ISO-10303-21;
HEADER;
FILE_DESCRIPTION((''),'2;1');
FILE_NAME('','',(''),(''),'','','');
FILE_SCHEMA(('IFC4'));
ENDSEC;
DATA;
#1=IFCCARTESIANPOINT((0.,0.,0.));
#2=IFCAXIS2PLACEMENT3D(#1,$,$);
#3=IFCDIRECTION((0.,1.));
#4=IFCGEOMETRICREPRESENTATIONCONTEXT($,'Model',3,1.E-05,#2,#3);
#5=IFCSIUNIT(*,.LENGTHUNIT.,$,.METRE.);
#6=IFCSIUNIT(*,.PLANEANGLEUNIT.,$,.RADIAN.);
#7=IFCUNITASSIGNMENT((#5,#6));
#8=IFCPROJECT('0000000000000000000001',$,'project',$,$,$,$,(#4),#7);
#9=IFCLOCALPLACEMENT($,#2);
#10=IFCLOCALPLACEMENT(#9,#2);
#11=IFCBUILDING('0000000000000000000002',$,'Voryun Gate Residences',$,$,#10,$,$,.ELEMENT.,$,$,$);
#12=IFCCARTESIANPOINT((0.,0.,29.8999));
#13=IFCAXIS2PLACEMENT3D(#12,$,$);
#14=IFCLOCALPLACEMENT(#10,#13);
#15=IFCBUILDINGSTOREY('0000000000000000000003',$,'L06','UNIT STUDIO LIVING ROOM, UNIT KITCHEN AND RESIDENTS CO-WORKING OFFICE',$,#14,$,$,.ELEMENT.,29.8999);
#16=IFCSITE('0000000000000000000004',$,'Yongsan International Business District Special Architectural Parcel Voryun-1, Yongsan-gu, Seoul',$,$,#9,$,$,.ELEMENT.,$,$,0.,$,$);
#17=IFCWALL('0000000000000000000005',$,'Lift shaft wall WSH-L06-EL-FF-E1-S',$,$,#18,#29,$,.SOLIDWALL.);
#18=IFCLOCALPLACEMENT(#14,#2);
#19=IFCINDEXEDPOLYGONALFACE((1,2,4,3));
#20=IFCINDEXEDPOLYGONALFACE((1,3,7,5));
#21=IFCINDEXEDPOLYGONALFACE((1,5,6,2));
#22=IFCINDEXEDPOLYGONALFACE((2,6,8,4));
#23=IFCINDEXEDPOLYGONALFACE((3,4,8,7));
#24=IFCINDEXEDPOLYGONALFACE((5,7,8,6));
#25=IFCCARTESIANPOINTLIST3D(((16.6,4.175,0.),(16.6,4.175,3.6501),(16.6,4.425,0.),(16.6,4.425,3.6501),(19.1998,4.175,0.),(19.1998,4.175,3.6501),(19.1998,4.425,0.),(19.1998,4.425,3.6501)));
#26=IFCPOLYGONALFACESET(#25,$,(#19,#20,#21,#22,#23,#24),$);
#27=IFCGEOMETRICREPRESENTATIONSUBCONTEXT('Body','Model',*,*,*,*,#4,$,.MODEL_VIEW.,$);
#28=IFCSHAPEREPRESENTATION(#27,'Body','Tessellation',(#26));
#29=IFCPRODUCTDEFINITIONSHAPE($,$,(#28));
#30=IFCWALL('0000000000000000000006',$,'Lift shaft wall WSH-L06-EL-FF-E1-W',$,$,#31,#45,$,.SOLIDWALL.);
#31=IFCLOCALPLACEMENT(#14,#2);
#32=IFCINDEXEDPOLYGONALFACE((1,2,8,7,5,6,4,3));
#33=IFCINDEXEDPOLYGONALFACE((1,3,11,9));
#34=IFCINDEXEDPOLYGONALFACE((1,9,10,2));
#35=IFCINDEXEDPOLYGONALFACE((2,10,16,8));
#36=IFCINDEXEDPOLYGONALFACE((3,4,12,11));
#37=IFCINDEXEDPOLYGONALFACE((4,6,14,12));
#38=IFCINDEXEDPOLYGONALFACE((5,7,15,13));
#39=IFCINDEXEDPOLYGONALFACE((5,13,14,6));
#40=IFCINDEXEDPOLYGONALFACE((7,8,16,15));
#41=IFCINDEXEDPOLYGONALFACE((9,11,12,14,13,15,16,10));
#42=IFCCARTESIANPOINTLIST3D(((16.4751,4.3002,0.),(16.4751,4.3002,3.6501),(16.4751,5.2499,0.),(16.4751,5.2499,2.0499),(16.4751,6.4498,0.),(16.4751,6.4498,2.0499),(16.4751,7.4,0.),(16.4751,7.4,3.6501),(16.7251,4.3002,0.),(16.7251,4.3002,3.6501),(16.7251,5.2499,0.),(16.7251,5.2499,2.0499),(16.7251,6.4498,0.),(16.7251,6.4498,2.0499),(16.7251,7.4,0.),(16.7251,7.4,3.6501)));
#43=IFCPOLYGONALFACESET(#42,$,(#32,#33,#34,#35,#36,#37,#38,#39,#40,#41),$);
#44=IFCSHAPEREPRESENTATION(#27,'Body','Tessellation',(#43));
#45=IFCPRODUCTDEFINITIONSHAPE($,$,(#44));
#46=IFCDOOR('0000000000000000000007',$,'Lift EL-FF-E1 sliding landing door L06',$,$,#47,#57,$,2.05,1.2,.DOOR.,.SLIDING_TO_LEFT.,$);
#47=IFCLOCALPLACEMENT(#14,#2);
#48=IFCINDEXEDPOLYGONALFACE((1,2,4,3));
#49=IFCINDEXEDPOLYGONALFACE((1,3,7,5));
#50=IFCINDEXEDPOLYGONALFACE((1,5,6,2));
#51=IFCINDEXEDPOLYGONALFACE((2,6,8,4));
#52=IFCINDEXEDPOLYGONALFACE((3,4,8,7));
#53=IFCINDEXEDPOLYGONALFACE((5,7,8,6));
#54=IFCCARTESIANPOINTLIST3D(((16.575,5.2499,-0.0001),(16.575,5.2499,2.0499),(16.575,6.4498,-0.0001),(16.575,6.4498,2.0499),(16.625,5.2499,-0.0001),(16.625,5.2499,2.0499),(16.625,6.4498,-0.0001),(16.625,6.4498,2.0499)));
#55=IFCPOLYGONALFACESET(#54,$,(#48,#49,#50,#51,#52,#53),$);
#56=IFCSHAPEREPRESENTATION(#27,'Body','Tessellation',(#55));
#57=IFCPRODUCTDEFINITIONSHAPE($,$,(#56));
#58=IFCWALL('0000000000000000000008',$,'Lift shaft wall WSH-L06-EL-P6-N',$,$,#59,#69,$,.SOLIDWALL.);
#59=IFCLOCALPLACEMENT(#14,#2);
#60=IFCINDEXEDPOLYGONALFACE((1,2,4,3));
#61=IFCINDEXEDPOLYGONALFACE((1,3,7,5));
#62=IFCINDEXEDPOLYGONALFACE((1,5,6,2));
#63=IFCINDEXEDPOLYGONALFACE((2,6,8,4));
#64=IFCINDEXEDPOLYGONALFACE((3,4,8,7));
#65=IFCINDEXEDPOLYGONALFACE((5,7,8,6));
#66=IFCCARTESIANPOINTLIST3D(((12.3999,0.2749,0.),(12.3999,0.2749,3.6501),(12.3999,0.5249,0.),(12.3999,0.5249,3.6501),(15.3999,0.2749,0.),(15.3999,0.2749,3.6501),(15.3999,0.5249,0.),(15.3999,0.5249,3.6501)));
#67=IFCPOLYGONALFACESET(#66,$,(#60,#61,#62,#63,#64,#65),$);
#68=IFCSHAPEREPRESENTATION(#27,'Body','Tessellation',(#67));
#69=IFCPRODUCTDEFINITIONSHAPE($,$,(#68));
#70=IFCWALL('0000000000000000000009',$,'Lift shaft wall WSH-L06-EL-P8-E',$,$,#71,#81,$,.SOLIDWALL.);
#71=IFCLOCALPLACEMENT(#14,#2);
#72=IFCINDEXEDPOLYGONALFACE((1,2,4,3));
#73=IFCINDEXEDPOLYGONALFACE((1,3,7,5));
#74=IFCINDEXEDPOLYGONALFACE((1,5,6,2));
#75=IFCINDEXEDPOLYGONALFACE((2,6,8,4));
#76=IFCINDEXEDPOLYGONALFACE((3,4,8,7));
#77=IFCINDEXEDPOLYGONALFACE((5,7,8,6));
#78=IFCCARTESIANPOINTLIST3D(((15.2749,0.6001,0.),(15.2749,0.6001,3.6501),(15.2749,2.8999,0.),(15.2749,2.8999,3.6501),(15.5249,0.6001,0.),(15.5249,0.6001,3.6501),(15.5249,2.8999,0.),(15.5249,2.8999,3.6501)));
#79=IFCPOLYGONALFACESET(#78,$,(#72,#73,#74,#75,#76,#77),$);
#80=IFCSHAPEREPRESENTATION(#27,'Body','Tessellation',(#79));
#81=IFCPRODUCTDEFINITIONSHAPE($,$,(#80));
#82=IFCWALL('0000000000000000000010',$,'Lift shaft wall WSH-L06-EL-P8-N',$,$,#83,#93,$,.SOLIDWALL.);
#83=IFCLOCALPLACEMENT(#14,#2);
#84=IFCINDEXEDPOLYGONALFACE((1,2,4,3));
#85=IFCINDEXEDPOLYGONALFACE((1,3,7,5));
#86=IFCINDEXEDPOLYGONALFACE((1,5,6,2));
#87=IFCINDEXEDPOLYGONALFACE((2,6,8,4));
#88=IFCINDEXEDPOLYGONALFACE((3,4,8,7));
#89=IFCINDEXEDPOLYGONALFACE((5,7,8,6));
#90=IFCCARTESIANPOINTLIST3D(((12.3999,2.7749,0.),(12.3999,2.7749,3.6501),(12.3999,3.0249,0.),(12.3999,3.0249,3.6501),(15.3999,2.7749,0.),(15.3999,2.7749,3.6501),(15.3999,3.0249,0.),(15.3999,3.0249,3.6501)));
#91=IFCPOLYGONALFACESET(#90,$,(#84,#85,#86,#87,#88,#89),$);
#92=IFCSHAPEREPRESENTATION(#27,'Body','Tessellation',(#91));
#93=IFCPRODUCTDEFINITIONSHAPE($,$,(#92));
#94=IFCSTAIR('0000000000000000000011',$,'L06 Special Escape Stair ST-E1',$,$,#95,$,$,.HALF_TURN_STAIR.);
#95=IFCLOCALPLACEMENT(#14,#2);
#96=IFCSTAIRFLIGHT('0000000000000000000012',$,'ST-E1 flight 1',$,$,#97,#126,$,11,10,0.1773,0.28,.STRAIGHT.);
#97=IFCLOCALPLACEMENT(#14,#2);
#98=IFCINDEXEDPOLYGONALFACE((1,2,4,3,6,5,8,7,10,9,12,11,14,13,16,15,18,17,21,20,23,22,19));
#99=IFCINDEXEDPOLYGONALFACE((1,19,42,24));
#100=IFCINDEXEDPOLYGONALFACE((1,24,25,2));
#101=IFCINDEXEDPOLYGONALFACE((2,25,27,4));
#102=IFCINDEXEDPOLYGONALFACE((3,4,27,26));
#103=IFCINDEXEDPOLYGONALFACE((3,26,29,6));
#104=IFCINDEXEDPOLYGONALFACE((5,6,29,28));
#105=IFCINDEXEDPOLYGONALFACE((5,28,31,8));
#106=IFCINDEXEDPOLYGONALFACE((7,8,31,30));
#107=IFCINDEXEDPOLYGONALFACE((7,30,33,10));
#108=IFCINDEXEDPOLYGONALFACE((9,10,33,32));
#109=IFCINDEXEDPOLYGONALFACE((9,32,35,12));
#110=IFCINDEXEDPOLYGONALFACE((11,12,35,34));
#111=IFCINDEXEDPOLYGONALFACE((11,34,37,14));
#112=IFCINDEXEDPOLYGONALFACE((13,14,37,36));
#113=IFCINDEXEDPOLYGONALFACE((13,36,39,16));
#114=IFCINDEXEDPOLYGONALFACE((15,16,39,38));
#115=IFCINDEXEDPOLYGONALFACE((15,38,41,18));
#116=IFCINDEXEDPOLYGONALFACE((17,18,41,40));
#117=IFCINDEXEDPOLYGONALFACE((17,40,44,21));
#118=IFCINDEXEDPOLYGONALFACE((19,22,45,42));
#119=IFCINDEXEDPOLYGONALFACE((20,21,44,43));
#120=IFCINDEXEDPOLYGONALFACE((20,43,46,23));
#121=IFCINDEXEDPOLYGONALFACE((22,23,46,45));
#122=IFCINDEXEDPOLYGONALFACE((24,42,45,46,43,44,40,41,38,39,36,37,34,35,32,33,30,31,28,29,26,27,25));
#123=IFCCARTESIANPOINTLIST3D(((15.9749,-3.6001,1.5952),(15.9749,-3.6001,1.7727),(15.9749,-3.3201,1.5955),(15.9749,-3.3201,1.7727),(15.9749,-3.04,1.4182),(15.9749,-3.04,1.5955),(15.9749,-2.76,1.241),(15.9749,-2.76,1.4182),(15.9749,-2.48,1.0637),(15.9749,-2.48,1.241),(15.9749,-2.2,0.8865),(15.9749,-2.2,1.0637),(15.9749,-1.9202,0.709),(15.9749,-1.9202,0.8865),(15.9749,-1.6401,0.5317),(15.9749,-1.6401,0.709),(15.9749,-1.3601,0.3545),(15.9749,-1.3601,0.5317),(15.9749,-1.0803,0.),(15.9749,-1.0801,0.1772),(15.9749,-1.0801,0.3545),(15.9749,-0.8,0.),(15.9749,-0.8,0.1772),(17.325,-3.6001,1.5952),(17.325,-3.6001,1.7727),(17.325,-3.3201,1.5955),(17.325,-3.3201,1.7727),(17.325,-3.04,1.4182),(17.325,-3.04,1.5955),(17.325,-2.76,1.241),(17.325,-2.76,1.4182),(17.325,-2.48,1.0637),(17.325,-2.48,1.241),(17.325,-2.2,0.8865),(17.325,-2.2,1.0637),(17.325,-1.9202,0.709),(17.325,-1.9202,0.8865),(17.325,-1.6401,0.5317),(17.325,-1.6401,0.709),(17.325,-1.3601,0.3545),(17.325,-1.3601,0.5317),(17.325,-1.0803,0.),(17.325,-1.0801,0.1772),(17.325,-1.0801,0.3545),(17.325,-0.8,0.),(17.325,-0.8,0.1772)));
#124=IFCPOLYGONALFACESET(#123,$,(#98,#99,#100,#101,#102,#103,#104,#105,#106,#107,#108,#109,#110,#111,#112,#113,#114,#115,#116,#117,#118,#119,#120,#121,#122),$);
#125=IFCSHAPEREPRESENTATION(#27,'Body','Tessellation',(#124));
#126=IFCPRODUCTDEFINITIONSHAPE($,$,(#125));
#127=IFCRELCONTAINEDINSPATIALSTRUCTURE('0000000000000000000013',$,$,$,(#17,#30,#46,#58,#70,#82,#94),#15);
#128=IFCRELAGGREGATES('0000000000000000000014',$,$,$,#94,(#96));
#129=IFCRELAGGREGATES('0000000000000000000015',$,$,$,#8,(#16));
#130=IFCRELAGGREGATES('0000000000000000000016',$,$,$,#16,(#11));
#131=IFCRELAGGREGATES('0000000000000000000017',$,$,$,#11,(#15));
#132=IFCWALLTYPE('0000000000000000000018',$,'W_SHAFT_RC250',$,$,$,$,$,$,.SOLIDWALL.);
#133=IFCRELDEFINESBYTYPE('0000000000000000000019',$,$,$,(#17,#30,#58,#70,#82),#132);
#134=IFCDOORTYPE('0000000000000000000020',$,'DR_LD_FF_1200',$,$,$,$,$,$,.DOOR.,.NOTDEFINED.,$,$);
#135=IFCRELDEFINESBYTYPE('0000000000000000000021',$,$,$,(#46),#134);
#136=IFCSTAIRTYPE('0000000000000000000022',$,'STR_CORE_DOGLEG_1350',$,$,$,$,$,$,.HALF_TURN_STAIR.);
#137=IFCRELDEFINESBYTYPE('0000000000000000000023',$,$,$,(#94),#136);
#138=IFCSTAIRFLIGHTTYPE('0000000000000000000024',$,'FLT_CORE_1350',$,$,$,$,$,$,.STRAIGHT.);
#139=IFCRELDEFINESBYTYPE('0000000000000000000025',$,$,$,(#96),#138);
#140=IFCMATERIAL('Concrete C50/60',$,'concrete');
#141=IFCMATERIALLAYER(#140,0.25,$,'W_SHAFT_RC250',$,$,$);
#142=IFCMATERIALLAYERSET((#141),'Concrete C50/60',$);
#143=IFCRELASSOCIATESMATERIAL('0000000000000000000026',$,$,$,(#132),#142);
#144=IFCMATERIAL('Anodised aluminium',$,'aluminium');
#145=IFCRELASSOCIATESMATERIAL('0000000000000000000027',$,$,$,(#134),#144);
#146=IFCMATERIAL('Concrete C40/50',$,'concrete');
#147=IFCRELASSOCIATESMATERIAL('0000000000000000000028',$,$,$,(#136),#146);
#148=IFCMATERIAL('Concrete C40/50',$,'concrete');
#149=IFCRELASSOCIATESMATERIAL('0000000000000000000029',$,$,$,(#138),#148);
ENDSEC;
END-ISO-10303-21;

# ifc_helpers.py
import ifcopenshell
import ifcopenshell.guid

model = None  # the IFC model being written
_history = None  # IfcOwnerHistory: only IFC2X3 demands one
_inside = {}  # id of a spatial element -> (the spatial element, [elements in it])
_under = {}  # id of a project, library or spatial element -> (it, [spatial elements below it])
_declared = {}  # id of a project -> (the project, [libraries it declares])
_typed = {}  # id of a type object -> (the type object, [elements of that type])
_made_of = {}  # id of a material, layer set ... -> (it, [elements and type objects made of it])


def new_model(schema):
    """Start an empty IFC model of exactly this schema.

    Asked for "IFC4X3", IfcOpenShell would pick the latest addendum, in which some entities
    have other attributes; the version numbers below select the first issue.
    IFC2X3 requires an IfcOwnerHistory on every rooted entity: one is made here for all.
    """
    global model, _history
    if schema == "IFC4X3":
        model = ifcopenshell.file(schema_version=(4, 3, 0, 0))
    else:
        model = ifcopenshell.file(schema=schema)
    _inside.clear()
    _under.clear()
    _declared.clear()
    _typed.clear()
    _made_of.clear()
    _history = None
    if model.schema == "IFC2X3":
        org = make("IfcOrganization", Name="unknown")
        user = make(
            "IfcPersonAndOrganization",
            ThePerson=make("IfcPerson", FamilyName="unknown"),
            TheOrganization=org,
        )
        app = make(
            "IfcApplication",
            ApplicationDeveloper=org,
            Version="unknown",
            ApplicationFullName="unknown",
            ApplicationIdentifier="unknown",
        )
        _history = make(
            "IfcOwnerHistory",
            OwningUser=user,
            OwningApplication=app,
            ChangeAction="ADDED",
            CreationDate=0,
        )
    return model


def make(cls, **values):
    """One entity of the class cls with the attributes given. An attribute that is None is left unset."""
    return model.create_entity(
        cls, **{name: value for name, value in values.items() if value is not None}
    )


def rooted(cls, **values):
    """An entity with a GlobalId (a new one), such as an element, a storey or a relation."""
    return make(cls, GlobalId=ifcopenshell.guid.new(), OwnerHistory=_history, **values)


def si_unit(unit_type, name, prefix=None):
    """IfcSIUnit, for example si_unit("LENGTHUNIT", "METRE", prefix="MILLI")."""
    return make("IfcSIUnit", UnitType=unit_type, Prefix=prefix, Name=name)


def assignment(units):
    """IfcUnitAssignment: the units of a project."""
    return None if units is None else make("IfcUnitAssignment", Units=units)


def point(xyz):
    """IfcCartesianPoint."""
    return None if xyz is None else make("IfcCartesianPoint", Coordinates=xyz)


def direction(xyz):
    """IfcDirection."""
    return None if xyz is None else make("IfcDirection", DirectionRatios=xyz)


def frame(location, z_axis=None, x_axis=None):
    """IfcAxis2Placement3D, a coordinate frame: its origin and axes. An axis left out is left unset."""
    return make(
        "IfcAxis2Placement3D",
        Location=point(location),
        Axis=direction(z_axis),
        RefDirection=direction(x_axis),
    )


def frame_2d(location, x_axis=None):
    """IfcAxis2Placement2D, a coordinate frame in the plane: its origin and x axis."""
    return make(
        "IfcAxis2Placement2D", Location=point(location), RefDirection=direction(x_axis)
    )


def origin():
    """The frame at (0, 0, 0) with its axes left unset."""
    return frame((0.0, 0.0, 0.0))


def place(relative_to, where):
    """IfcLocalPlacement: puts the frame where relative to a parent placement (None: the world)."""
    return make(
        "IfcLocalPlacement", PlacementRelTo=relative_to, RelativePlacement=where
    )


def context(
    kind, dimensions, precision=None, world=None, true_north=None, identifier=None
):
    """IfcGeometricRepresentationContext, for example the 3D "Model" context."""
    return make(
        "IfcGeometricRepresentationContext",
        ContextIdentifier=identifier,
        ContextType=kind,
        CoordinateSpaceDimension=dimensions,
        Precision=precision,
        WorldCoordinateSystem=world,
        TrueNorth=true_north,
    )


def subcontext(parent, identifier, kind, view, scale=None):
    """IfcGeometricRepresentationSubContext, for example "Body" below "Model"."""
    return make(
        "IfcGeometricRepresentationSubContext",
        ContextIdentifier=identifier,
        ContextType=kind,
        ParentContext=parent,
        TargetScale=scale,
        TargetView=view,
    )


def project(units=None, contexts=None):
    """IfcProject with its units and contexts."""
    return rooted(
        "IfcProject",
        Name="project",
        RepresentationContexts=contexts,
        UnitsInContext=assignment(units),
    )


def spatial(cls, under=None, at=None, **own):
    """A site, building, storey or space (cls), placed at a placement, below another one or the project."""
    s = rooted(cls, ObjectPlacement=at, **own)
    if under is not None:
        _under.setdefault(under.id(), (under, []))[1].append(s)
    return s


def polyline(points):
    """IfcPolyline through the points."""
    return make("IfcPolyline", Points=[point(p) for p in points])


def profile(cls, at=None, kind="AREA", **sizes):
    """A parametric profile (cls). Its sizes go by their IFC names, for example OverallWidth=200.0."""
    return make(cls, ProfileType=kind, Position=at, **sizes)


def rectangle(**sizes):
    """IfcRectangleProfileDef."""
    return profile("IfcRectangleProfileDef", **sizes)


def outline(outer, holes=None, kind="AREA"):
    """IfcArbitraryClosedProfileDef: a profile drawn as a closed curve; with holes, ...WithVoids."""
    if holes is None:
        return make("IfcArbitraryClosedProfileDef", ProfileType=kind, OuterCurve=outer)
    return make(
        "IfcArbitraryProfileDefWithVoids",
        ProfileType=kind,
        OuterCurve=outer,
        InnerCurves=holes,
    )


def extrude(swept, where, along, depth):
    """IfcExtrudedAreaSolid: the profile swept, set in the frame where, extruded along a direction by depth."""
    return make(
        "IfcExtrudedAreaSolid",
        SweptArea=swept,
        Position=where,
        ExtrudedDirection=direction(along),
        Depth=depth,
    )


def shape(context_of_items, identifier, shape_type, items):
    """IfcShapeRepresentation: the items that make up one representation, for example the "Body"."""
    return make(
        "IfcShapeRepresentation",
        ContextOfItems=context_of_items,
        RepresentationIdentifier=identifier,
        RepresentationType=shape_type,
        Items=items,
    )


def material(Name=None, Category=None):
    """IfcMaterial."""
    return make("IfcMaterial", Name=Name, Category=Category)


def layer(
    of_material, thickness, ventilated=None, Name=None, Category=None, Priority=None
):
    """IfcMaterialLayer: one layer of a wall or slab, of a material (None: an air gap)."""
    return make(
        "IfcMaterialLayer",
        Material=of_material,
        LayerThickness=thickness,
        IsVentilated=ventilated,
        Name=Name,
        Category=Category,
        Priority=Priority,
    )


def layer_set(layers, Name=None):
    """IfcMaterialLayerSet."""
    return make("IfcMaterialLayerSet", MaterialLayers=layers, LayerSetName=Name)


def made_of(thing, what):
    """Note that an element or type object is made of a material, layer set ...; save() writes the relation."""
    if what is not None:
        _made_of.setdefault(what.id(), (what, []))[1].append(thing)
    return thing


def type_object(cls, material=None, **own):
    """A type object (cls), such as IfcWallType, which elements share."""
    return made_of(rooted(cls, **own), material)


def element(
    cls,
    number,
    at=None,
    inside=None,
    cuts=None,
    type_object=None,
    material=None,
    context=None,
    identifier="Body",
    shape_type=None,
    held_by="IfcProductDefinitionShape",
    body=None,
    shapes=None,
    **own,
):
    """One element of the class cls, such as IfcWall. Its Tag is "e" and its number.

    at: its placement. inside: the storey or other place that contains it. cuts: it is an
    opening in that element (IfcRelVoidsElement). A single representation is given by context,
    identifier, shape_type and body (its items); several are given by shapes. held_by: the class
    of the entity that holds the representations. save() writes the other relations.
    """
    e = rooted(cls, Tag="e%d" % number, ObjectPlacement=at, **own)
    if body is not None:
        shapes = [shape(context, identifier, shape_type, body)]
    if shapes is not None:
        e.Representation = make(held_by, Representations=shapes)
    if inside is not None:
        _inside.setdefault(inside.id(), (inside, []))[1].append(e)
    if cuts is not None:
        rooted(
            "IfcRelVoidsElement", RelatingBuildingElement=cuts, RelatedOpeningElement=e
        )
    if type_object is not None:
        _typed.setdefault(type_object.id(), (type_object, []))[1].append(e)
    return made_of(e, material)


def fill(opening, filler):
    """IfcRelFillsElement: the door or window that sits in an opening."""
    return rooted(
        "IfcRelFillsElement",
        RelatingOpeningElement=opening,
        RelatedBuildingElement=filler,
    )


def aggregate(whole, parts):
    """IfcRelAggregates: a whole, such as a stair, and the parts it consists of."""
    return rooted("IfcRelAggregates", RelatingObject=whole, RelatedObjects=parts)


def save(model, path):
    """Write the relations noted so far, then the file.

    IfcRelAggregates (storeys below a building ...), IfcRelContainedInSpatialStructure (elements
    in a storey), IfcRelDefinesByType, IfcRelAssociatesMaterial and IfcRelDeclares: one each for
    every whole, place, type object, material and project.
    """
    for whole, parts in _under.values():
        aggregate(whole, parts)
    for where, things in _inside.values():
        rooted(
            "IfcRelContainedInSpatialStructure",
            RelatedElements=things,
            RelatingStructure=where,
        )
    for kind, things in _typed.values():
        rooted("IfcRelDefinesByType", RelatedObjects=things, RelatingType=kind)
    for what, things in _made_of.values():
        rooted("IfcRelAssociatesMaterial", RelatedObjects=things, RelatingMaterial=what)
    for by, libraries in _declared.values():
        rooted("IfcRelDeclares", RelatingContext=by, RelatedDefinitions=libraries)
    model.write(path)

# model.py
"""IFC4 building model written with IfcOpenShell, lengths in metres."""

from ifc_helpers import new_model, si_unit, direction, frame, frame_2d, origin, place, context, subcontext, project, spatial, polyline, rectangle, outline, extrude, material, layer, layer_set, type_object, element, fill, aggregate, save


model = new_model("IFC4")

# Units and contexts
model_context = context("Model", 3, precision=1e-05, world=origin(), true_north=direction((0.0, 1.0)))
body_context = subcontext(model_context, "Body", "Model", "MODEL_VIEW")
ifc_project = project(units=[si_unit("LENGTHUNIT", "METRE"), si_unit("PLANEANGLEUNIT", "RADIAN")], contexts=[model_context])

# Site, building, storey
site_placement = place(None, origin())
site = spatial("IfcSite", under=ifc_project, at=site_placement, Name="Yongsan International Business District Special Architectural Parcel Voryun-1, Yongsan-gu, Seoul", CompositionType="ELEMENT", RefElevation=0.0)
building_placement = place(site_placement, origin())
building = spatial("IfcBuilding", under=site, at=building_placement, Name="Voryun Gate Residences", CompositionType="ELEMENT")
storey_placement = place(building_placement, frame((0.0, 0.0, 29.8999)))
storey = spatial("IfcBuildingStorey", under=building, at=storey_placement, Name="L06", Description="UNIT STUDIO LIVING ROOM, UNIT KITCHEN AND RESIDENTS CO-WORKING OFFICE", CompositionType="ELEMENT", Elevation=29.8999)

# Wall
ifc_material_1 = material(Name="Concrete C50/60", Category="concrete")
ifc_layer_1 = layer(ifc_material_1, 0.25, Name="W_SHAFT_RC250")
ifc_layer_set_1 = layer_set([ifc_layer_1], Name="Concrete C50/60")
wall_type_1 = type_object("IfcWallType", Name="W_SHAFT_RC250", PredefinedType="SOLIDWALL", material=ifc_layer_set_1)
wall_1_placement = place(storey_placement, frame((16.6001, 4.3, 0.0), z_axis=(0.0, 0.0, 1.0), x_axis=(1.0, 0.0, 0.0)))
element("IfcWall", 1, at=wall_1_placement, inside=storey, type_object=wall_type_1, Name="Lift shaft wall WSH-L06-EL-FF-E1-S", PredefinedType="SOLIDWALL", context=body_context, shape_type="SweptSolid", body=[
    extrude(rectangle(XDim=2.5999, YDim=0.25, at=frame_2d((1.2998, 0.0))), origin(), (0.0, 0.0, 1.0), 3.6501),
])

# Wall, opening, door
wall_2_placement = place(storey_placement, frame((16.6001, 7.3999, 0.0), z_axis=(0.0, 0.0, 1.0), x_axis=(0.0, -1.0, 0.0)))
wall_2 = element("IfcWall", 2, at=wall_2_placement, inside=storey, type_object=wall_type_1, Name="Lift shaft wall WSH-L06-EL-FF-E1-W", PredefinedType="SOLIDWALL", context=body_context, shape_type="SweptSolid", body=[
    extrude(rectangle(XDim=3.0999, YDim=0.25, at=frame_2d((1.5498, 0.0))), origin(), (0.0, 0.0, 1.0), 3.6501),
])
opening_1_placement = place(wall_2_placement, frame((0.95, 0.0, 0.0)))
opening_1 = element("IfcOpeningElement", 3, at=opening_1_placement, cuts=wall_2, PredefinedType="OPENING", context=body_context, shape_type="SweptSolid", body=[
    extrude(rectangle(XDim=1.2, YDim=2.05, at=frame_2d((0.6001, 1.0249))), frame((0.0, 0.135, 0.0), z_axis=(0.0, -1.0, 0.0), x_axis=(1.0, 0.0, 0.0)), (0.0, 0.0, 1.0), 0.27),
])
ifc_material_2 = material(Name="Anodised aluminium", Category="aluminium")
door_type_1 = type_object("IfcDoorType", Name="DR_LD_FF_1200", OperationType="NOTDEFINED", PredefinedType="DOOR", material=ifc_material_2)
door_1_placement = place(opening_1_placement, origin())
door_1 = element("IfcDoor", 4, at=door_1_placement, inside=storey, type_object=door_type_1, Name="Lift EL-FF-E1 sliding landing door L06", OperationType="SLIDING_TO_LEFT", OverallHeight=2.05, OverallWidth=1.2, PredefinedType="DOOR", context=body_context, shape_type="SweptSolid", body=[
    extrude(rectangle(XDim=1.2, YDim=2.05, at=frame_2d((0.6001, 1.0249))), frame((0.0, 0.0249, 0.0), z_axis=(0.0, -1.0, 0.0), x_axis=(1.0, 0.0, 0.0)), (0.0, 0.0, 1.0), 0.05),
])
fill(opening_1, door_1)

# Walls
wall_3_placement = place(storey_placement, frame((15.3999, 0.3999, 0.0), z_axis=(0.0, 0.0, 1.0), x_axis=(-1.0, 0.0, 0.0)))
element("IfcWall", 5, at=wall_3_placement, inside=storey, type_object=wall_type_1, Name="Lift shaft wall WSH-L06-EL-P6-N", PredefinedType="SOLIDWALL", context=body_context, shape_type="SweptSolid", body=[
    extrude(rectangle(XDim=3.0, YDim=0.25, at=frame_2d((1.5, 0.0))), origin(), (0.0, 0.0, 1.0), 3.6501),
])
wall_4_placement = place(storey_placement, frame((15.3999, 0.6001, 0.0), z_axis=(0.0, 0.0, 1.0), x_axis=(0.0, 1.0, 0.0)))
element("IfcWall", 6, at=wall_4_placement, inside=storey, type_object=wall_type_1, Name="Lift shaft wall WSH-L06-EL-P8-E", PredefinedType="SOLIDWALL", context=body_context, shape_type="SweptSolid", body=[
    extrude(rectangle(XDim=2.2998, YDim=0.25, at=frame_2d((1.1499, 0.0))), origin(), (0.0, 0.0, 1.0), 3.6501),
])
wall_5_placement = place(storey_placement, frame((15.3999, 2.8999, 0.0), z_axis=(0.0, 0.0, 1.0), x_axis=(-1.0, 0.0, 0.0)))
element("IfcWall", 7, at=wall_5_placement, inside=storey, type_object=wall_type_1, Name="Lift shaft wall WSH-L06-EL-P8-N", PredefinedType="SOLIDWALL", context=body_context, shape_type="SweptSolid", body=[
    extrude(rectangle(XDim=3.0, YDim=0.25, at=frame_2d((1.5, 0.0))), origin(), (0.0, 0.0, 1.0), 3.6501),
])

# Stair, stair flight
ifc_material_3 = material(Name="Concrete C40/50", Category="concrete")
stair_type = type_object("IfcStairType", Name="STR_CORE_DOGLEG_1350", PredefinedType="HALF_TURN_STAIR", material=ifc_material_3)
stair_placement = place(storey_placement, origin())
stair = element("IfcStair", 8, at=stair_placement, inside=storey, type_object=stair_type, Name="L06 Special Escape Stair ST-E1", PredefinedType="HALF_TURN_STAIR")
ifc_material_4 = material(Name="Concrete C40/50", Category="concrete")
stair_flight_type = type_object("IfcStairFlightType", Name="FLT_CORE_1350", PredefinedType="STRAIGHT", material=ifc_material_4)
stair_flight_placement = place(storey_placement, frame((16.6499, -0.8, 0.0), z_axis=(0.0, 0.0, 1.0), x_axis=(0.0, -1.0, 0.0)))
stair_flight = element("IfcStairFlight", 9, at=stair_flight_placement, type_object=stair_flight_type, Name="ST-E1 flight 1", NumberOfRisers=11, NumberOfTreads=10, PredefinedType="STRAIGHT", RiserHeight=0.1773, TreadLength=0.28, context=body_context, shape_type="SweptSolid", body=[
    extrude(outline(polyline([(0.0, 0.0), (0.0, 0.1772), (0.28, 0.1772), (0.28, 0.3545), (0.5601, 0.3545), (0.5601, 0.5317), (0.8401, 0.5317), (0.8401, 0.709), (1.1201, 0.709), (1.1201, 0.8865), (1.3999, 0.8865), (1.3999, 1.0637), (1.6799, 1.0637), (1.6799, 1.241), (1.96, 1.241), (1.96, 1.4182), (2.24, 1.4182), (2.24, 1.5955), (2.52, 1.5955), (2.52, 1.7727), (2.8, 1.7727), (2.8, 1.95), (2.8, 1.5952), (0.2803, 0.0), (0.0, 0.0)])), frame((0.0, 0.675, 0.0), z_axis=(0.0, -1.0, 0.0), x_axis=(1.0, 0.0, 0.0)), (0.0, 0.0, 1.0), 1.3501),
])
aggregate(stair, [stair_flight])

save(model, "model.ifc")
